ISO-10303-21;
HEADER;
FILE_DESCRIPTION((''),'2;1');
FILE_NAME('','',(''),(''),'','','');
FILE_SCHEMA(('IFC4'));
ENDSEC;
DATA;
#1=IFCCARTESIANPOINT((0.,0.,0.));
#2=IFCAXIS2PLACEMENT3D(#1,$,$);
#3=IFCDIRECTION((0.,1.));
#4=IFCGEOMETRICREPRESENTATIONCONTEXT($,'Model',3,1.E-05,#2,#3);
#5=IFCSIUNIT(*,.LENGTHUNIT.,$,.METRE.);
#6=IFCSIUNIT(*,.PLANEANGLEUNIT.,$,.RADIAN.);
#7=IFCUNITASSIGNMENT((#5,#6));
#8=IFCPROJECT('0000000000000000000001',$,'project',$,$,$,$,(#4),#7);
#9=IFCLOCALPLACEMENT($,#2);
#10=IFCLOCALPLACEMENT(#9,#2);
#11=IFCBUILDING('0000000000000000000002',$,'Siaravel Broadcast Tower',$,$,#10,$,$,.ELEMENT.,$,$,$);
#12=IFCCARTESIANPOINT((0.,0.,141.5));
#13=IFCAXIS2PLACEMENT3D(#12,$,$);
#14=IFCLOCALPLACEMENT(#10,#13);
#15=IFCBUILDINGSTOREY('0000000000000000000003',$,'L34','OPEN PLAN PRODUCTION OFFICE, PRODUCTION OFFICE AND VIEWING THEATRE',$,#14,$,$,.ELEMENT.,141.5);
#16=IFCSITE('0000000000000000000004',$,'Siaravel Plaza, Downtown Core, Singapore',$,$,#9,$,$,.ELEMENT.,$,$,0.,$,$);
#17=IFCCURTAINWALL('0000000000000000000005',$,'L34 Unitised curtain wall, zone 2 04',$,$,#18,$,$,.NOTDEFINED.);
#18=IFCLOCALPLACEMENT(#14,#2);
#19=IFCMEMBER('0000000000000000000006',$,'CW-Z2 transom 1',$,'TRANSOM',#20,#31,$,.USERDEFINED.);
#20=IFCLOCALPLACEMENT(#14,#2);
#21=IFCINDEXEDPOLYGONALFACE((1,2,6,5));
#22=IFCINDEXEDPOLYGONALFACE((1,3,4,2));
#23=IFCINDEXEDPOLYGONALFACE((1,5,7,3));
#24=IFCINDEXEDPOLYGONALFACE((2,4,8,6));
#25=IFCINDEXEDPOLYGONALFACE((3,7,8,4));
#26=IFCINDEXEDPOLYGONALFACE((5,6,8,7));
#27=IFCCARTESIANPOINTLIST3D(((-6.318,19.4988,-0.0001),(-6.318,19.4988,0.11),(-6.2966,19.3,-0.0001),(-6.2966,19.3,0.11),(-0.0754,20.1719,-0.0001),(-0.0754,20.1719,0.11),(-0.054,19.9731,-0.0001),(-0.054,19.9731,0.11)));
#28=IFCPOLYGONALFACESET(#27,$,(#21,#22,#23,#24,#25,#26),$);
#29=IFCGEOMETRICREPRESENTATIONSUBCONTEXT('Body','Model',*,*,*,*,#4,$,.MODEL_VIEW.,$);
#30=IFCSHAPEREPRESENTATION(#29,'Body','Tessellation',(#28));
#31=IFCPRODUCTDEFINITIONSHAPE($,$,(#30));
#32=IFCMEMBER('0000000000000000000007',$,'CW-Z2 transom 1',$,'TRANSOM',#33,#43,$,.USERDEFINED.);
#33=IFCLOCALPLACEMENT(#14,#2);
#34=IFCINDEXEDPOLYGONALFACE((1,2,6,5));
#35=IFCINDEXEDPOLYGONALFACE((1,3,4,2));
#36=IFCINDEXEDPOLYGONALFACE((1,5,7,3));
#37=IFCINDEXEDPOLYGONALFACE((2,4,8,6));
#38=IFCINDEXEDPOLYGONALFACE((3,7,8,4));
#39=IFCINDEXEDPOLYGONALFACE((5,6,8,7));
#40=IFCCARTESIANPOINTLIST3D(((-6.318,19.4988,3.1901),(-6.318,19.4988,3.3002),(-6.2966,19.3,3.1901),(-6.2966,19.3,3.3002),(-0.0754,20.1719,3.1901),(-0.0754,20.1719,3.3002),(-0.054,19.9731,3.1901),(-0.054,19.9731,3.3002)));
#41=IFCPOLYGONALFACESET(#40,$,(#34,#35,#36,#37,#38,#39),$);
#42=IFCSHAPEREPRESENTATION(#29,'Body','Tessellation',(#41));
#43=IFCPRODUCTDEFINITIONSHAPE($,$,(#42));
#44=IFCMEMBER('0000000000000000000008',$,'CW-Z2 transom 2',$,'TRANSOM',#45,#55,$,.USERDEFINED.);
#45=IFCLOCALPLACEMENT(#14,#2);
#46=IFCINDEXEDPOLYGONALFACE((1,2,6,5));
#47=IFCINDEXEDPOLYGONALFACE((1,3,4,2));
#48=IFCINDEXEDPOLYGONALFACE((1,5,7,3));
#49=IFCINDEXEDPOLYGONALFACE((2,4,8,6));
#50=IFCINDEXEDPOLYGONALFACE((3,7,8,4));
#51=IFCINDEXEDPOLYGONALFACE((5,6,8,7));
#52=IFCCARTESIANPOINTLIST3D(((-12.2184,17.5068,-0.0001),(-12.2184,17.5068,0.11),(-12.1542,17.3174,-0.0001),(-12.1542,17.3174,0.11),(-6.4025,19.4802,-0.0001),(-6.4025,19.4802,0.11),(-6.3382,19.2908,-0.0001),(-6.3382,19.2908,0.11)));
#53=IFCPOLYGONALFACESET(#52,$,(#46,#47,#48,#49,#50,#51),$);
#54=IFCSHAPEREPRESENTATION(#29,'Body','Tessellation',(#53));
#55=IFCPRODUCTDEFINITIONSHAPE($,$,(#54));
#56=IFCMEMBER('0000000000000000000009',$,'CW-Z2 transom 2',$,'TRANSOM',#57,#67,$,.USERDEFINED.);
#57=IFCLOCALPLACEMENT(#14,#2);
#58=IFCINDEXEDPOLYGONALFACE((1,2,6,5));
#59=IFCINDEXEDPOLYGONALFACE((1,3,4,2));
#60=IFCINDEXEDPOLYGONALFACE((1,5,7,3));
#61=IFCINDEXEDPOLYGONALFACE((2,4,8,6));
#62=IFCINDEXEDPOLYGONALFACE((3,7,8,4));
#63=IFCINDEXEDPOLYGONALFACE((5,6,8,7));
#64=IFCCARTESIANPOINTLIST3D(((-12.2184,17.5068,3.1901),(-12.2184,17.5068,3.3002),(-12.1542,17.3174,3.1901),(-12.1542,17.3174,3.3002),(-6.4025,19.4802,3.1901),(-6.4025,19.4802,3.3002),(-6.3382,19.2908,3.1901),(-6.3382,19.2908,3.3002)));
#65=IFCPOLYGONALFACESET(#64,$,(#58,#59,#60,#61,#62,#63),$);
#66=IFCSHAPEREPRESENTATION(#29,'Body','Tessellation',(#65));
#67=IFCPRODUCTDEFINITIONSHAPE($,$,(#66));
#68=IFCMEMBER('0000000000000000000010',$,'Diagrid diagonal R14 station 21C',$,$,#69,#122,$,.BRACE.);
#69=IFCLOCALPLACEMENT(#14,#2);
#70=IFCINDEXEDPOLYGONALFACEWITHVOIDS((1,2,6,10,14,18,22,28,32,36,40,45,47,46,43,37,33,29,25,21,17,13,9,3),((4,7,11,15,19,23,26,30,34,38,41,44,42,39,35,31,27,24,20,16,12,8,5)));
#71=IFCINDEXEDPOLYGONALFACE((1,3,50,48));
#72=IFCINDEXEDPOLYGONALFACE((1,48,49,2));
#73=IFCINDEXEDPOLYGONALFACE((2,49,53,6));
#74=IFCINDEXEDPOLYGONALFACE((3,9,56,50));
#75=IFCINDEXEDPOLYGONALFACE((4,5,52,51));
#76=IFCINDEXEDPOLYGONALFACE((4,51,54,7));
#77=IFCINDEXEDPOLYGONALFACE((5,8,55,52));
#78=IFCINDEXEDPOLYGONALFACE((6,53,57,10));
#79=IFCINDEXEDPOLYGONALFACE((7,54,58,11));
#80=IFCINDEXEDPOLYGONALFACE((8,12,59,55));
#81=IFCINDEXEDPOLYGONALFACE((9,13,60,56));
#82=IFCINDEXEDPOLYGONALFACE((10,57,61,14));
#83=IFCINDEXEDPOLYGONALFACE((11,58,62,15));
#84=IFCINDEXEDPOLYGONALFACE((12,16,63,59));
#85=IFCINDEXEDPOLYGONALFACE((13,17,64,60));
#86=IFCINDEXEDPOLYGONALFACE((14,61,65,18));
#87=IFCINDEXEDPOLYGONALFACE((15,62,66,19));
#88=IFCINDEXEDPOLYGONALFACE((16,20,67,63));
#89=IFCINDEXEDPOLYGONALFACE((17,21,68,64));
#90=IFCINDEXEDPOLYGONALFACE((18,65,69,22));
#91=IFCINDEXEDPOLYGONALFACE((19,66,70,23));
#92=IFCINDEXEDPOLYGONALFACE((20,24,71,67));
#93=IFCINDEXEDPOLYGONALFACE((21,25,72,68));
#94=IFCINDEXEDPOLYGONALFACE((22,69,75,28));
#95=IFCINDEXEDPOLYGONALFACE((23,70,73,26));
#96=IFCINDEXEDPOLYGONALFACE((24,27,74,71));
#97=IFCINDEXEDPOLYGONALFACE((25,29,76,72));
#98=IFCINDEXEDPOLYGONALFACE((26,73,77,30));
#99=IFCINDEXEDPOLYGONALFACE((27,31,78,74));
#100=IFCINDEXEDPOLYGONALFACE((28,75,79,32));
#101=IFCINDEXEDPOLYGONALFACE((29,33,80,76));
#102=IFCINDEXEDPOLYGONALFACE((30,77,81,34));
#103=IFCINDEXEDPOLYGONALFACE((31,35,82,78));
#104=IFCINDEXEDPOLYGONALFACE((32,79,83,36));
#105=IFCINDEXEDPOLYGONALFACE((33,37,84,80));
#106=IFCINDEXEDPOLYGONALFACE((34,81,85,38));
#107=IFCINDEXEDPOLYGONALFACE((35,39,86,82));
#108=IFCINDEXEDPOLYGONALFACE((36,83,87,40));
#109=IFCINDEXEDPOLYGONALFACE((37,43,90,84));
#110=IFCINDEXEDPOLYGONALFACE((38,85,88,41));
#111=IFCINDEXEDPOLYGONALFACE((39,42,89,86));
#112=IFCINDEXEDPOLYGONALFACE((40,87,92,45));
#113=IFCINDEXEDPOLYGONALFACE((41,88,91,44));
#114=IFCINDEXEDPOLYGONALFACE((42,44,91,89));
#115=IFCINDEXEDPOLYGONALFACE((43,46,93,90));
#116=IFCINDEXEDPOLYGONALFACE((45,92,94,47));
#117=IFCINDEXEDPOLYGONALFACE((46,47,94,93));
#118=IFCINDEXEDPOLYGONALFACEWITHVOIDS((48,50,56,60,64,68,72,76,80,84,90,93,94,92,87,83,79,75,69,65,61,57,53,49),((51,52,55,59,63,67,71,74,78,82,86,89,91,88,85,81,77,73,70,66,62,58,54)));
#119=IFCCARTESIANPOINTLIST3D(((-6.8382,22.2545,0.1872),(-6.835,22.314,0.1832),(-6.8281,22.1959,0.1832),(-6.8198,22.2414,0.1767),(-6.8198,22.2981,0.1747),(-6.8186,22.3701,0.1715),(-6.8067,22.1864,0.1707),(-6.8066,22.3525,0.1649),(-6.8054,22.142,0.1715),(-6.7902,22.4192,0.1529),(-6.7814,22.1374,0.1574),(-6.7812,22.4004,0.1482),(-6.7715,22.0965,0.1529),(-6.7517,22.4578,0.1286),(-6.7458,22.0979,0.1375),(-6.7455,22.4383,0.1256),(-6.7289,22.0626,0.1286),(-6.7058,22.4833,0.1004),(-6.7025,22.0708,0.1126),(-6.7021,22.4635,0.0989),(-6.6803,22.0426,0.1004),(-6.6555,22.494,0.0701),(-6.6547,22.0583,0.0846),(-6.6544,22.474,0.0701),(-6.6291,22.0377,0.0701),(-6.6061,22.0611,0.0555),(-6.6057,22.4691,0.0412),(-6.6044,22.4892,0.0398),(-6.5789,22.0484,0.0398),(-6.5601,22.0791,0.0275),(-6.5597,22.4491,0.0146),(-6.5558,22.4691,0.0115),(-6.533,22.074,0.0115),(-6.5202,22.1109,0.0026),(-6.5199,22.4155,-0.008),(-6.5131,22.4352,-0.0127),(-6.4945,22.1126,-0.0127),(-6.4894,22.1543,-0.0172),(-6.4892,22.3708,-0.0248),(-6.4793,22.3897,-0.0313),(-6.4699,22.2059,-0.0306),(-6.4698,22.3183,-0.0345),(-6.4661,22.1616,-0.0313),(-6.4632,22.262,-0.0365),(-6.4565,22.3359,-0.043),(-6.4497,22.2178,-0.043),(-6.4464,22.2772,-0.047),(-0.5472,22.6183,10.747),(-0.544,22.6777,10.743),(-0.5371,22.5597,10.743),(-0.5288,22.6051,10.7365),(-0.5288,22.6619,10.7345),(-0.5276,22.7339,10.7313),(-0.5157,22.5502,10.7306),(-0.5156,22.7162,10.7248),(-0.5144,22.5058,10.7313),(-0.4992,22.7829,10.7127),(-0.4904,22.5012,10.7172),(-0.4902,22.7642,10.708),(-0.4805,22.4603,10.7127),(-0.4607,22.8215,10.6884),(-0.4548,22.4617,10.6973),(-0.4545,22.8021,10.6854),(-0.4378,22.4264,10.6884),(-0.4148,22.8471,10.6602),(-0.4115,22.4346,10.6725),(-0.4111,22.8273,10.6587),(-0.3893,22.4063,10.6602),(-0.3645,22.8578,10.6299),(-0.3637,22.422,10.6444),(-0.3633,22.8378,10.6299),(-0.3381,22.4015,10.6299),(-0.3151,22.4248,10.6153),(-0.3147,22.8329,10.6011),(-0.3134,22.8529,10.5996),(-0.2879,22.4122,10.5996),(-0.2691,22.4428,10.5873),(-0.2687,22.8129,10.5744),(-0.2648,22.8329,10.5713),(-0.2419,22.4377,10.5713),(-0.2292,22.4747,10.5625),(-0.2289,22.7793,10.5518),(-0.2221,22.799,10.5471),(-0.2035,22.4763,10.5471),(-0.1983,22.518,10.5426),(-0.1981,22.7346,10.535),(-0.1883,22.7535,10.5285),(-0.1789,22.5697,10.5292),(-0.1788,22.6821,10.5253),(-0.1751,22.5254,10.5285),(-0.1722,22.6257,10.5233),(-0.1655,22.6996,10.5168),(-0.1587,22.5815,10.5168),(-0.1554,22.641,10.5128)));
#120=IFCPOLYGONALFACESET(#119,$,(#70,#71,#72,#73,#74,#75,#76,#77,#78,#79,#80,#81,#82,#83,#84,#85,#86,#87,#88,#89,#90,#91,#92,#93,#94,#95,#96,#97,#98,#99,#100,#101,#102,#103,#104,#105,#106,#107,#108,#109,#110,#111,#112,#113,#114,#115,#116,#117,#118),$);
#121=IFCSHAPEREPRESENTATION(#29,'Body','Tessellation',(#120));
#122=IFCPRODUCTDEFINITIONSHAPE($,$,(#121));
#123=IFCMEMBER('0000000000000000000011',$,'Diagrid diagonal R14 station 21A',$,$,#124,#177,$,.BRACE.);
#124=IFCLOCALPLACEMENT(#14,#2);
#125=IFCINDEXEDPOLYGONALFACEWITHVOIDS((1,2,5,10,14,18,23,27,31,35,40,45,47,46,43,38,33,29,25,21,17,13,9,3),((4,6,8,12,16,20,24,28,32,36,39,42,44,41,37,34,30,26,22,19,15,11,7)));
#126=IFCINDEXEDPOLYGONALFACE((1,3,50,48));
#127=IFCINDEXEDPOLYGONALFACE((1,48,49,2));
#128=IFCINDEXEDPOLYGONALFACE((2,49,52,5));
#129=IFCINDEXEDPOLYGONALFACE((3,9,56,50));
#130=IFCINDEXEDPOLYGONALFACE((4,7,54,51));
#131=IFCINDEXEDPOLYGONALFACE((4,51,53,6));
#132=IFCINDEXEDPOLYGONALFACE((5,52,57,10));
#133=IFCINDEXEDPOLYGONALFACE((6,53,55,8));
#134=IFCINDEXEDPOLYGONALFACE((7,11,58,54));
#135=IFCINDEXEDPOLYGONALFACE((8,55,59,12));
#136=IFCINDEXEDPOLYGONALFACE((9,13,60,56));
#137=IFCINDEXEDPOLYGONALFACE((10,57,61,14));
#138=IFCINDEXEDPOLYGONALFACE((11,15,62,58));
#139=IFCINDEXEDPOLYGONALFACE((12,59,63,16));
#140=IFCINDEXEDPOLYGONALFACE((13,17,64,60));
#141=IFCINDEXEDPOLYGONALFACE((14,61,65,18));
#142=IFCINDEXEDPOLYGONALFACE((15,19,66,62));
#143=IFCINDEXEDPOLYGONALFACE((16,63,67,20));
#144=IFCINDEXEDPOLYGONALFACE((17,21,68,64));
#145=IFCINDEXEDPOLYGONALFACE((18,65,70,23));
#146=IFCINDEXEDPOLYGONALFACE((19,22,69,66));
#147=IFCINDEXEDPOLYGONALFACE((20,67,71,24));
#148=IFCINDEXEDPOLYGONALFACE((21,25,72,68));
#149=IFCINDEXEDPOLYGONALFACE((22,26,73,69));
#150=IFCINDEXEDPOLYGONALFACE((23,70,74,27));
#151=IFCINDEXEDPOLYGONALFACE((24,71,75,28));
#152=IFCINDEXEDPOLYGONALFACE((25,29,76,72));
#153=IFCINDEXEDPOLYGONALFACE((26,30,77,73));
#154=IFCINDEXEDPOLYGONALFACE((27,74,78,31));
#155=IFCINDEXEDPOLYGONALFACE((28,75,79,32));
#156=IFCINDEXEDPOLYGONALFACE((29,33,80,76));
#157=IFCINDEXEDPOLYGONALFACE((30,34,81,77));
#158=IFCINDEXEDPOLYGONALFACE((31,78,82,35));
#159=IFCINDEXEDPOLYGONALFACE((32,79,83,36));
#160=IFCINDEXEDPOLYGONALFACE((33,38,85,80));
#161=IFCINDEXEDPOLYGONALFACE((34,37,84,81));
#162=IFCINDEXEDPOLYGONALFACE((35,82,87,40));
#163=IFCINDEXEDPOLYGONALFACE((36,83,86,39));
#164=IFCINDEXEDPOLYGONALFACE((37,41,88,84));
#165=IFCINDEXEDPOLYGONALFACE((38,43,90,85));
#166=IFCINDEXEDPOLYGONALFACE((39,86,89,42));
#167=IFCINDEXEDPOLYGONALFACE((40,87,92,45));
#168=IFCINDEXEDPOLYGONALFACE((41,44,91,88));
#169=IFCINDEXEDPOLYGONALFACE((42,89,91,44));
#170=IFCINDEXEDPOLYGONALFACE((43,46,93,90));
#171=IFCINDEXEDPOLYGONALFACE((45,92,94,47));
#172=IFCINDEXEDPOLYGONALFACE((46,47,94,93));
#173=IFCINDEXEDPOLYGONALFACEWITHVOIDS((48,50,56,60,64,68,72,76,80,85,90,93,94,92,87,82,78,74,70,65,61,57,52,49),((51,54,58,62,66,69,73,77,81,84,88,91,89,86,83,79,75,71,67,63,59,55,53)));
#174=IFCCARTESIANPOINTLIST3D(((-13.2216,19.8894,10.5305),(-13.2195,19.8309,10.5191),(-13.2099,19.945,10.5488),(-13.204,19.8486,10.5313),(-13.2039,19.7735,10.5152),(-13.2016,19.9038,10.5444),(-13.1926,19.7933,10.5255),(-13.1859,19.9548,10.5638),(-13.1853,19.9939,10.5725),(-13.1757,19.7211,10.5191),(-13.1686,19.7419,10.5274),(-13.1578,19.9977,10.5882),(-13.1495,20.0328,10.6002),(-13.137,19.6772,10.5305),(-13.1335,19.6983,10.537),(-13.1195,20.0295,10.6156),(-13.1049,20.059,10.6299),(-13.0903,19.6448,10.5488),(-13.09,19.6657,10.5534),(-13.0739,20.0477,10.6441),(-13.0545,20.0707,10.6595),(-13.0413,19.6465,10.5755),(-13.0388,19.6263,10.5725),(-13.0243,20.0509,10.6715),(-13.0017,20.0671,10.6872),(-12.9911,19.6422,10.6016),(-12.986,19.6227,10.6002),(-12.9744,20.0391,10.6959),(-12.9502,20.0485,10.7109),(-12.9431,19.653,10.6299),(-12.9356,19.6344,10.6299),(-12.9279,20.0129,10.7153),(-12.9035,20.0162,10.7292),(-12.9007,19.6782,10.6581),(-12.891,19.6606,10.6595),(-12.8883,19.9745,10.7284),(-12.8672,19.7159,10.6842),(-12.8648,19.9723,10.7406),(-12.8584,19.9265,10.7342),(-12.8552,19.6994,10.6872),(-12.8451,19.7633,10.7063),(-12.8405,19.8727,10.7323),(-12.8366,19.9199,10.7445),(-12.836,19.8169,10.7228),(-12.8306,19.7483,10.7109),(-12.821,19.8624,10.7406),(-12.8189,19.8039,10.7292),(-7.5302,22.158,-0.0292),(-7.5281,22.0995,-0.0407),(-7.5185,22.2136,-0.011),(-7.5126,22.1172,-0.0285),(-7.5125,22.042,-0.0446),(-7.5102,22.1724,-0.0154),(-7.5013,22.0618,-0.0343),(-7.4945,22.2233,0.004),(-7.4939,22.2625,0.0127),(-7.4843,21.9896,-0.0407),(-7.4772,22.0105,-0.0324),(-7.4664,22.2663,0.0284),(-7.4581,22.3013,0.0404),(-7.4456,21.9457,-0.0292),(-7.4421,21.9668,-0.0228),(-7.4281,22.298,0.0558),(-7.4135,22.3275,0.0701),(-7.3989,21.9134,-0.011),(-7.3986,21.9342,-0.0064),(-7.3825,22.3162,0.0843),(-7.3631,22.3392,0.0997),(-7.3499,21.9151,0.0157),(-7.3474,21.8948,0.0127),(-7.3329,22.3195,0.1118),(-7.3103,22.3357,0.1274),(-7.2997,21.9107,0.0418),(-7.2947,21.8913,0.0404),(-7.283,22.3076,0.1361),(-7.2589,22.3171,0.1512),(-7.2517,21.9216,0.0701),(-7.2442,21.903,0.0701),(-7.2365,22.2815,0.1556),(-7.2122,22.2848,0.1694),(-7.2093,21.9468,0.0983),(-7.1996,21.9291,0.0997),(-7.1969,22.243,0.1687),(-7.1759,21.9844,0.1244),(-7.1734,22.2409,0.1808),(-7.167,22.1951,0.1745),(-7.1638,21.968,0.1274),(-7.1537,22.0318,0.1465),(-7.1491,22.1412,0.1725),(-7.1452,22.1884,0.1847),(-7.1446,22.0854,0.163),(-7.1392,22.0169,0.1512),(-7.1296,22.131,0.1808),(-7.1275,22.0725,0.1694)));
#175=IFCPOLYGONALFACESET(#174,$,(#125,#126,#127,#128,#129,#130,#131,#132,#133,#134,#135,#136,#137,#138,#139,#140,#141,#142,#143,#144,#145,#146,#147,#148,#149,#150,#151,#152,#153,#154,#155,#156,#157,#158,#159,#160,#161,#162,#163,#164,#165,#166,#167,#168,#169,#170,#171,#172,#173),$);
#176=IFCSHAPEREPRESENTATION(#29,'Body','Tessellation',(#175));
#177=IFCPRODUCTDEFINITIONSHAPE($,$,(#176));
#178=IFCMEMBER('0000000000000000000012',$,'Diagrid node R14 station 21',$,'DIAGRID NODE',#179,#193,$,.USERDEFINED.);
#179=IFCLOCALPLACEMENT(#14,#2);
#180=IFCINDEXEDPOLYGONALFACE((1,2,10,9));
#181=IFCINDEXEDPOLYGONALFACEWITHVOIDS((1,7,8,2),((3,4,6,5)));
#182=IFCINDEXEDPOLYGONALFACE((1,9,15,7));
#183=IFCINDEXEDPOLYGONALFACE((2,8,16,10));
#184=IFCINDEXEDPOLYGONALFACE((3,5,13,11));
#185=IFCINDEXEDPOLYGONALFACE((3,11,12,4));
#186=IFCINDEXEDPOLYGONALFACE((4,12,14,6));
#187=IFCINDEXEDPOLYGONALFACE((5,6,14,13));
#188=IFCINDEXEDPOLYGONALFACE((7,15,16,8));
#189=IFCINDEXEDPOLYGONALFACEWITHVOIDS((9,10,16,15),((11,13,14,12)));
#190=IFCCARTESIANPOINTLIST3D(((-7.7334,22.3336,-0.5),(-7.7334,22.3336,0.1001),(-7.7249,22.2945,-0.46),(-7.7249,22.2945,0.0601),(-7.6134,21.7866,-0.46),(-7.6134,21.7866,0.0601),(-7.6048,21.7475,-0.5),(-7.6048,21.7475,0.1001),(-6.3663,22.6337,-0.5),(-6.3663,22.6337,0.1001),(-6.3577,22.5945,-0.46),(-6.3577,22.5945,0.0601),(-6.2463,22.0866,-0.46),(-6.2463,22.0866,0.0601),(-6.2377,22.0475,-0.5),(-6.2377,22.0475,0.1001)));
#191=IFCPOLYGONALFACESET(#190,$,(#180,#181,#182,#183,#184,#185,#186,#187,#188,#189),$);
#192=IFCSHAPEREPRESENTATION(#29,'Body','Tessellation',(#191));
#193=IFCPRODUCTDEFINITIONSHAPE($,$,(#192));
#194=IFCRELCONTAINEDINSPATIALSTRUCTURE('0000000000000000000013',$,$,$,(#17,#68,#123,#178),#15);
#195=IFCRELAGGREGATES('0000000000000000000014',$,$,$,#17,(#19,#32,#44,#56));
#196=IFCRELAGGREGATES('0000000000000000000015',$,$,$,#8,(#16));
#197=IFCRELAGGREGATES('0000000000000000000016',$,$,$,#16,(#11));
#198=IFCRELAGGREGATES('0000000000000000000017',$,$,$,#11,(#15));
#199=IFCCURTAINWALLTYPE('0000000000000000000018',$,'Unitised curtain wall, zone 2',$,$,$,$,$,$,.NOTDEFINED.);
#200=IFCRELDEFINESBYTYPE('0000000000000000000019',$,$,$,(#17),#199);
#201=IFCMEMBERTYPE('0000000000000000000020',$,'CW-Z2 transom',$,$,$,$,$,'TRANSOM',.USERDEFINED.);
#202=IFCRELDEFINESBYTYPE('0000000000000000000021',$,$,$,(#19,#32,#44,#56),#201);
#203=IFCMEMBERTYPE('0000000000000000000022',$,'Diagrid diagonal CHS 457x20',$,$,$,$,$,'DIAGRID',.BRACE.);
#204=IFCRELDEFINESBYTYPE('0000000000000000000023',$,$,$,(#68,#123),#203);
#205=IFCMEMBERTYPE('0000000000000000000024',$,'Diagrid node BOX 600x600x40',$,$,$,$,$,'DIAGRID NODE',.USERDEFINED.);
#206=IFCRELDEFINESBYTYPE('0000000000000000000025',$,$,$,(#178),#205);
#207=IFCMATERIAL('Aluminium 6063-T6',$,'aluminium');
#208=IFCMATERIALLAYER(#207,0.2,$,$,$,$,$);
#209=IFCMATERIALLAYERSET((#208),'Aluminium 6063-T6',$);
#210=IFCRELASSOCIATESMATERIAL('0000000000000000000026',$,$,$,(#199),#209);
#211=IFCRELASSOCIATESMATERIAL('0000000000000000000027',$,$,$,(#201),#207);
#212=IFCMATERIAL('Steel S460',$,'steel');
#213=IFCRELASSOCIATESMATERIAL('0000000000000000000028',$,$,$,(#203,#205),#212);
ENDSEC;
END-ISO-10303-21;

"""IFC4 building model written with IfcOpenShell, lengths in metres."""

from ifc_helpers import new_model, si_unit, direction, frame, origin, origin_2d, place, context, subcontext, project, spatial, rectangle, hollow_rectangle, hollow_circle, extrude, material, layer, layer_set, material_profile, profile_set, type_object, element, aggregate, save


model = new_model("IFC4")

# Units and contexts
model_context = context("Model", 3, precision=1e-05, world=origin(), true_north=direction((0.0, 1.0)))
body_context = subcontext(model_context, "Body", "Model", "MODEL_VIEW")
ifc_project = project(units=[si_unit("LENGTHUNIT", "METRE"), si_unit("PLANEANGLEUNIT", "RADIAN")], contexts=[model_context])

# Site, building, storey
site_placement = place(None, origin())
site = spatial("IfcSite", under=ifc_project, at=site_placement, Name="Siaravel Plaza, Downtown Core, Singapore", CompositionType="ELEMENT", RefElevation=0.0)
building_placement = place(site_placement, origin())
building = spatial("IfcBuilding", under=site, at=building_placement, Name="Siaravel Broadcast Tower", CompositionType="ELEMENT")
storey_placement = place(building_placement, frame((0.0, 0.0, 141.5)))
storey = spatial("IfcBuildingStorey", under=building, at=storey_placement, Name="L34", Description="OPEN PLAN PRODUCTION OFFICE, PRODUCTION OFFICE AND VIEWING THEATRE", CompositionType="ELEMENT", Elevation=141.5)

# Curtain wall, members
ifc_material_1 = material(Name="Aluminium 6063-T6", Category="aluminium")
ifc_layer_1 = layer(ifc_material_1, 0.2)
ifc_layer_set_1 = layer_set([ifc_layer_1], Name="Aluminium 6063-T6")
curtain_wall_type = type_object("IfcCurtainWallType", Name="Unitised curtain wall, zone 2", PredefinedType="NOTDEFINED", material=ifc_layer_set_1)
curtain_wall_placement = place(storey_placement, origin())
curtain_wall = element("IfcCurtainWall", 1, at=curtain_wall_placement, inside=storey, type_object=curtain_wall_type, Name="L34 Unitised curtain wall, zone 2 04", PredefinedType="NOTDEFINED")
ifc_material_profile_1 = material_profile(ifc_material_1, rectangle(XDim=0.2, YDim=0.1101, at=origin_2d()))
ifc_profile_set_1 = profile_set([ifc_material_profile_1], Name="Aluminium 6063-T6")
member_type_1 = type_object("IfcMemberType", Name="CW-Z2 transom", ElementType="TRANSOM", PredefinedType="USERDEFINED", material=ifc_profile_set_1)
member_1_placement = place(storey_placement, frame((-0.0647, 20.0725, 0.0549), z_axis=(-0.994237, -0.1072, 0.0), x_axis=(0.1072, -0.994237, 0.0)))
member_1 = element("IfcMember", 2, at=member_1_placement, type_object=member_type_1, Name="CW-Z2 transom 1", ObjectType="TRANSOM", PredefinedType="USERDEFINED", context=body_context, shape_type="SweptSolid", body=[
    extrude(rectangle(XDim=0.2, YDim=0.1101, at=origin_2d()), origin(), (0.0, 0.0, 1.0), 6.2788),
])
member_2_placement = place(storey_placement, frame((-0.0647, 20.0725, 3.2451), z_axis=(-0.994237, -0.1072, 0.0), x_axis=(0.1072, -0.994237, 0.0)))
member_2 = element("IfcMember", 3, at=member_2_placement, type_object=member_type_1, Name="CW-Z2 transom 1", ObjectType="TRANSOM", PredefinedType="USERDEFINED", context=body_context, shape_type="SweptSolid", body=[
    extrude(rectangle(XDim=0.2, YDim=0.1101, at=origin_2d()), origin(), (0.0, 0.0, 1.0), 6.2788),
])
member_3_placement = place(storey_placement, frame((-6.3704, 19.3855, 0.0549), z_axis=(-0.946972, -0.321315, 0.0), x_axis=(0.321315, -0.946972, 0.0)))
member_3 = element("IfcMember", 4, at=member_3_placement, type_object=member_type_1, Name="CW-Z2 transom 2", ObjectType="TRANSOM", PredefinedType="USERDEFINED", context=body_context, shape_type="SweptSolid", body=[
    extrude(rectangle(XDim=0.2, YDim=0.1101, at=origin_2d()), origin(), (0.0, 0.0, 1.0), 6.1416),
])
member_4_placement = place(storey_placement, frame((-6.3704, 19.3855, 3.2451), z_axis=(-0.946972, -0.321315, 0.0), x_axis=(0.321315, -0.946972, 0.0)))
member_4 = element("IfcMember", 5, at=member_4_placement, type_object=member_type_1, Name="CW-Z2 transom 2", ObjectType="TRANSOM", PredefinedType="USERDEFINED", context=body_context, shape_type="SweptSolid", body=[
    extrude(rectangle(XDim=0.2, YDim=0.1101, at=origin_2d()), origin(), (0.0, 0.0, 1.0), 6.1416),
])

# Members
ifc_material_2 = material(Name="Steel S460", Category="steel")
ifc_material_profile_2 = material_profile(ifc_material_2, hollow_circle(Radius=0.2285, WallThickness=0.02, at=origin_2d()))
ifc_profile_set_2 = profile_set([ifc_material_profile_2], Name="Steel S460")
member_type_2 = type_object("IfcMemberType", Name="Diagrid diagonal CHS 457x20", ElementType="DIAGRID", PredefinedType="BRACE", material=ifc_profile_set_2)
member_5_placement = place(storey_placement, frame((-6.6423, 22.2659, 0.0701), z_axis=(0.511585, 0.029582, 0.858723), x_axis=(-0.057727, 0.998332, 0.0)))
element("IfcMember", 6, at=member_5_placement, inside=storey, type_object=member_type_2, Name="Diagrid diagonal R14 station 21C", PredefinedType="BRACE", context=body_context, shape_type="SweptSolid", body=[
    extrude(hollow_circle(Radius=0.2285, WallThickness=0.02, at=origin_2d()), origin(), (0.0, 0.0, 1.0), 12.2971),
])
member_6_placement = place(storey_placement, frame((-7.3289, 22.1152, 0.0701), z_axis=(-0.466183, -0.185817, 0.864954), x_axis=(0.370264, -0.928927, 0.0)))
element("IfcMember", 7, at=member_6_placement, inside=storey, type_object=member_type_2, Name="Diagrid diagonal R14 station 21A", PredefinedType="BRACE", context=body_context, shape_type="SweptSolid", body=[
    extrude(hollow_circle(Radius=0.2285, WallThickness=0.02, at=origin_2d()), origin(), (0.0, 0.0, 1.0), 12.2085),
])
ifc_material_profile_3 = material_profile(ifc_material_2, hollow_rectangle(XDim=0.6001, YDim=0.6001, WallThickness=0.04, at=origin_2d()))
ifc_profile_set_3 = profile_set([ifc_material_profile_3], Name="Steel S460")
member_type_3 = type_object("IfcMemberType", Name="Diagrid node BOX 600x600x40", ElementType="DIAGRID NODE", PredefinedType="USERDEFINED", material=ifc_profile_set_3)
member_7_placement = place(storey_placement, frame((-6.302, 22.3406, -0.2), z_axis=(-0.976754, -0.214363, 0.0), x_axis=(0.214363, -0.976754, 0.0)))
element("IfcMember", 8, at=member_7_placement, inside=storey, type_object=member_type_3, Name="Diagrid node R14 station 21", ObjectType="DIAGRID NODE", PredefinedType="USERDEFINED", context=body_context, shape_type="SweptSolid", body=[
    extrude(hollow_rectangle(XDim=0.6001, YDim=0.6001, WallThickness=0.04, at=origin_2d()), origin(), (0.0, 0.0, 1.0), 1.3997),
])

aggregate(curtain_wall, [member_1, member_2, member_3, member_4])

save(model, "model.ifc")
